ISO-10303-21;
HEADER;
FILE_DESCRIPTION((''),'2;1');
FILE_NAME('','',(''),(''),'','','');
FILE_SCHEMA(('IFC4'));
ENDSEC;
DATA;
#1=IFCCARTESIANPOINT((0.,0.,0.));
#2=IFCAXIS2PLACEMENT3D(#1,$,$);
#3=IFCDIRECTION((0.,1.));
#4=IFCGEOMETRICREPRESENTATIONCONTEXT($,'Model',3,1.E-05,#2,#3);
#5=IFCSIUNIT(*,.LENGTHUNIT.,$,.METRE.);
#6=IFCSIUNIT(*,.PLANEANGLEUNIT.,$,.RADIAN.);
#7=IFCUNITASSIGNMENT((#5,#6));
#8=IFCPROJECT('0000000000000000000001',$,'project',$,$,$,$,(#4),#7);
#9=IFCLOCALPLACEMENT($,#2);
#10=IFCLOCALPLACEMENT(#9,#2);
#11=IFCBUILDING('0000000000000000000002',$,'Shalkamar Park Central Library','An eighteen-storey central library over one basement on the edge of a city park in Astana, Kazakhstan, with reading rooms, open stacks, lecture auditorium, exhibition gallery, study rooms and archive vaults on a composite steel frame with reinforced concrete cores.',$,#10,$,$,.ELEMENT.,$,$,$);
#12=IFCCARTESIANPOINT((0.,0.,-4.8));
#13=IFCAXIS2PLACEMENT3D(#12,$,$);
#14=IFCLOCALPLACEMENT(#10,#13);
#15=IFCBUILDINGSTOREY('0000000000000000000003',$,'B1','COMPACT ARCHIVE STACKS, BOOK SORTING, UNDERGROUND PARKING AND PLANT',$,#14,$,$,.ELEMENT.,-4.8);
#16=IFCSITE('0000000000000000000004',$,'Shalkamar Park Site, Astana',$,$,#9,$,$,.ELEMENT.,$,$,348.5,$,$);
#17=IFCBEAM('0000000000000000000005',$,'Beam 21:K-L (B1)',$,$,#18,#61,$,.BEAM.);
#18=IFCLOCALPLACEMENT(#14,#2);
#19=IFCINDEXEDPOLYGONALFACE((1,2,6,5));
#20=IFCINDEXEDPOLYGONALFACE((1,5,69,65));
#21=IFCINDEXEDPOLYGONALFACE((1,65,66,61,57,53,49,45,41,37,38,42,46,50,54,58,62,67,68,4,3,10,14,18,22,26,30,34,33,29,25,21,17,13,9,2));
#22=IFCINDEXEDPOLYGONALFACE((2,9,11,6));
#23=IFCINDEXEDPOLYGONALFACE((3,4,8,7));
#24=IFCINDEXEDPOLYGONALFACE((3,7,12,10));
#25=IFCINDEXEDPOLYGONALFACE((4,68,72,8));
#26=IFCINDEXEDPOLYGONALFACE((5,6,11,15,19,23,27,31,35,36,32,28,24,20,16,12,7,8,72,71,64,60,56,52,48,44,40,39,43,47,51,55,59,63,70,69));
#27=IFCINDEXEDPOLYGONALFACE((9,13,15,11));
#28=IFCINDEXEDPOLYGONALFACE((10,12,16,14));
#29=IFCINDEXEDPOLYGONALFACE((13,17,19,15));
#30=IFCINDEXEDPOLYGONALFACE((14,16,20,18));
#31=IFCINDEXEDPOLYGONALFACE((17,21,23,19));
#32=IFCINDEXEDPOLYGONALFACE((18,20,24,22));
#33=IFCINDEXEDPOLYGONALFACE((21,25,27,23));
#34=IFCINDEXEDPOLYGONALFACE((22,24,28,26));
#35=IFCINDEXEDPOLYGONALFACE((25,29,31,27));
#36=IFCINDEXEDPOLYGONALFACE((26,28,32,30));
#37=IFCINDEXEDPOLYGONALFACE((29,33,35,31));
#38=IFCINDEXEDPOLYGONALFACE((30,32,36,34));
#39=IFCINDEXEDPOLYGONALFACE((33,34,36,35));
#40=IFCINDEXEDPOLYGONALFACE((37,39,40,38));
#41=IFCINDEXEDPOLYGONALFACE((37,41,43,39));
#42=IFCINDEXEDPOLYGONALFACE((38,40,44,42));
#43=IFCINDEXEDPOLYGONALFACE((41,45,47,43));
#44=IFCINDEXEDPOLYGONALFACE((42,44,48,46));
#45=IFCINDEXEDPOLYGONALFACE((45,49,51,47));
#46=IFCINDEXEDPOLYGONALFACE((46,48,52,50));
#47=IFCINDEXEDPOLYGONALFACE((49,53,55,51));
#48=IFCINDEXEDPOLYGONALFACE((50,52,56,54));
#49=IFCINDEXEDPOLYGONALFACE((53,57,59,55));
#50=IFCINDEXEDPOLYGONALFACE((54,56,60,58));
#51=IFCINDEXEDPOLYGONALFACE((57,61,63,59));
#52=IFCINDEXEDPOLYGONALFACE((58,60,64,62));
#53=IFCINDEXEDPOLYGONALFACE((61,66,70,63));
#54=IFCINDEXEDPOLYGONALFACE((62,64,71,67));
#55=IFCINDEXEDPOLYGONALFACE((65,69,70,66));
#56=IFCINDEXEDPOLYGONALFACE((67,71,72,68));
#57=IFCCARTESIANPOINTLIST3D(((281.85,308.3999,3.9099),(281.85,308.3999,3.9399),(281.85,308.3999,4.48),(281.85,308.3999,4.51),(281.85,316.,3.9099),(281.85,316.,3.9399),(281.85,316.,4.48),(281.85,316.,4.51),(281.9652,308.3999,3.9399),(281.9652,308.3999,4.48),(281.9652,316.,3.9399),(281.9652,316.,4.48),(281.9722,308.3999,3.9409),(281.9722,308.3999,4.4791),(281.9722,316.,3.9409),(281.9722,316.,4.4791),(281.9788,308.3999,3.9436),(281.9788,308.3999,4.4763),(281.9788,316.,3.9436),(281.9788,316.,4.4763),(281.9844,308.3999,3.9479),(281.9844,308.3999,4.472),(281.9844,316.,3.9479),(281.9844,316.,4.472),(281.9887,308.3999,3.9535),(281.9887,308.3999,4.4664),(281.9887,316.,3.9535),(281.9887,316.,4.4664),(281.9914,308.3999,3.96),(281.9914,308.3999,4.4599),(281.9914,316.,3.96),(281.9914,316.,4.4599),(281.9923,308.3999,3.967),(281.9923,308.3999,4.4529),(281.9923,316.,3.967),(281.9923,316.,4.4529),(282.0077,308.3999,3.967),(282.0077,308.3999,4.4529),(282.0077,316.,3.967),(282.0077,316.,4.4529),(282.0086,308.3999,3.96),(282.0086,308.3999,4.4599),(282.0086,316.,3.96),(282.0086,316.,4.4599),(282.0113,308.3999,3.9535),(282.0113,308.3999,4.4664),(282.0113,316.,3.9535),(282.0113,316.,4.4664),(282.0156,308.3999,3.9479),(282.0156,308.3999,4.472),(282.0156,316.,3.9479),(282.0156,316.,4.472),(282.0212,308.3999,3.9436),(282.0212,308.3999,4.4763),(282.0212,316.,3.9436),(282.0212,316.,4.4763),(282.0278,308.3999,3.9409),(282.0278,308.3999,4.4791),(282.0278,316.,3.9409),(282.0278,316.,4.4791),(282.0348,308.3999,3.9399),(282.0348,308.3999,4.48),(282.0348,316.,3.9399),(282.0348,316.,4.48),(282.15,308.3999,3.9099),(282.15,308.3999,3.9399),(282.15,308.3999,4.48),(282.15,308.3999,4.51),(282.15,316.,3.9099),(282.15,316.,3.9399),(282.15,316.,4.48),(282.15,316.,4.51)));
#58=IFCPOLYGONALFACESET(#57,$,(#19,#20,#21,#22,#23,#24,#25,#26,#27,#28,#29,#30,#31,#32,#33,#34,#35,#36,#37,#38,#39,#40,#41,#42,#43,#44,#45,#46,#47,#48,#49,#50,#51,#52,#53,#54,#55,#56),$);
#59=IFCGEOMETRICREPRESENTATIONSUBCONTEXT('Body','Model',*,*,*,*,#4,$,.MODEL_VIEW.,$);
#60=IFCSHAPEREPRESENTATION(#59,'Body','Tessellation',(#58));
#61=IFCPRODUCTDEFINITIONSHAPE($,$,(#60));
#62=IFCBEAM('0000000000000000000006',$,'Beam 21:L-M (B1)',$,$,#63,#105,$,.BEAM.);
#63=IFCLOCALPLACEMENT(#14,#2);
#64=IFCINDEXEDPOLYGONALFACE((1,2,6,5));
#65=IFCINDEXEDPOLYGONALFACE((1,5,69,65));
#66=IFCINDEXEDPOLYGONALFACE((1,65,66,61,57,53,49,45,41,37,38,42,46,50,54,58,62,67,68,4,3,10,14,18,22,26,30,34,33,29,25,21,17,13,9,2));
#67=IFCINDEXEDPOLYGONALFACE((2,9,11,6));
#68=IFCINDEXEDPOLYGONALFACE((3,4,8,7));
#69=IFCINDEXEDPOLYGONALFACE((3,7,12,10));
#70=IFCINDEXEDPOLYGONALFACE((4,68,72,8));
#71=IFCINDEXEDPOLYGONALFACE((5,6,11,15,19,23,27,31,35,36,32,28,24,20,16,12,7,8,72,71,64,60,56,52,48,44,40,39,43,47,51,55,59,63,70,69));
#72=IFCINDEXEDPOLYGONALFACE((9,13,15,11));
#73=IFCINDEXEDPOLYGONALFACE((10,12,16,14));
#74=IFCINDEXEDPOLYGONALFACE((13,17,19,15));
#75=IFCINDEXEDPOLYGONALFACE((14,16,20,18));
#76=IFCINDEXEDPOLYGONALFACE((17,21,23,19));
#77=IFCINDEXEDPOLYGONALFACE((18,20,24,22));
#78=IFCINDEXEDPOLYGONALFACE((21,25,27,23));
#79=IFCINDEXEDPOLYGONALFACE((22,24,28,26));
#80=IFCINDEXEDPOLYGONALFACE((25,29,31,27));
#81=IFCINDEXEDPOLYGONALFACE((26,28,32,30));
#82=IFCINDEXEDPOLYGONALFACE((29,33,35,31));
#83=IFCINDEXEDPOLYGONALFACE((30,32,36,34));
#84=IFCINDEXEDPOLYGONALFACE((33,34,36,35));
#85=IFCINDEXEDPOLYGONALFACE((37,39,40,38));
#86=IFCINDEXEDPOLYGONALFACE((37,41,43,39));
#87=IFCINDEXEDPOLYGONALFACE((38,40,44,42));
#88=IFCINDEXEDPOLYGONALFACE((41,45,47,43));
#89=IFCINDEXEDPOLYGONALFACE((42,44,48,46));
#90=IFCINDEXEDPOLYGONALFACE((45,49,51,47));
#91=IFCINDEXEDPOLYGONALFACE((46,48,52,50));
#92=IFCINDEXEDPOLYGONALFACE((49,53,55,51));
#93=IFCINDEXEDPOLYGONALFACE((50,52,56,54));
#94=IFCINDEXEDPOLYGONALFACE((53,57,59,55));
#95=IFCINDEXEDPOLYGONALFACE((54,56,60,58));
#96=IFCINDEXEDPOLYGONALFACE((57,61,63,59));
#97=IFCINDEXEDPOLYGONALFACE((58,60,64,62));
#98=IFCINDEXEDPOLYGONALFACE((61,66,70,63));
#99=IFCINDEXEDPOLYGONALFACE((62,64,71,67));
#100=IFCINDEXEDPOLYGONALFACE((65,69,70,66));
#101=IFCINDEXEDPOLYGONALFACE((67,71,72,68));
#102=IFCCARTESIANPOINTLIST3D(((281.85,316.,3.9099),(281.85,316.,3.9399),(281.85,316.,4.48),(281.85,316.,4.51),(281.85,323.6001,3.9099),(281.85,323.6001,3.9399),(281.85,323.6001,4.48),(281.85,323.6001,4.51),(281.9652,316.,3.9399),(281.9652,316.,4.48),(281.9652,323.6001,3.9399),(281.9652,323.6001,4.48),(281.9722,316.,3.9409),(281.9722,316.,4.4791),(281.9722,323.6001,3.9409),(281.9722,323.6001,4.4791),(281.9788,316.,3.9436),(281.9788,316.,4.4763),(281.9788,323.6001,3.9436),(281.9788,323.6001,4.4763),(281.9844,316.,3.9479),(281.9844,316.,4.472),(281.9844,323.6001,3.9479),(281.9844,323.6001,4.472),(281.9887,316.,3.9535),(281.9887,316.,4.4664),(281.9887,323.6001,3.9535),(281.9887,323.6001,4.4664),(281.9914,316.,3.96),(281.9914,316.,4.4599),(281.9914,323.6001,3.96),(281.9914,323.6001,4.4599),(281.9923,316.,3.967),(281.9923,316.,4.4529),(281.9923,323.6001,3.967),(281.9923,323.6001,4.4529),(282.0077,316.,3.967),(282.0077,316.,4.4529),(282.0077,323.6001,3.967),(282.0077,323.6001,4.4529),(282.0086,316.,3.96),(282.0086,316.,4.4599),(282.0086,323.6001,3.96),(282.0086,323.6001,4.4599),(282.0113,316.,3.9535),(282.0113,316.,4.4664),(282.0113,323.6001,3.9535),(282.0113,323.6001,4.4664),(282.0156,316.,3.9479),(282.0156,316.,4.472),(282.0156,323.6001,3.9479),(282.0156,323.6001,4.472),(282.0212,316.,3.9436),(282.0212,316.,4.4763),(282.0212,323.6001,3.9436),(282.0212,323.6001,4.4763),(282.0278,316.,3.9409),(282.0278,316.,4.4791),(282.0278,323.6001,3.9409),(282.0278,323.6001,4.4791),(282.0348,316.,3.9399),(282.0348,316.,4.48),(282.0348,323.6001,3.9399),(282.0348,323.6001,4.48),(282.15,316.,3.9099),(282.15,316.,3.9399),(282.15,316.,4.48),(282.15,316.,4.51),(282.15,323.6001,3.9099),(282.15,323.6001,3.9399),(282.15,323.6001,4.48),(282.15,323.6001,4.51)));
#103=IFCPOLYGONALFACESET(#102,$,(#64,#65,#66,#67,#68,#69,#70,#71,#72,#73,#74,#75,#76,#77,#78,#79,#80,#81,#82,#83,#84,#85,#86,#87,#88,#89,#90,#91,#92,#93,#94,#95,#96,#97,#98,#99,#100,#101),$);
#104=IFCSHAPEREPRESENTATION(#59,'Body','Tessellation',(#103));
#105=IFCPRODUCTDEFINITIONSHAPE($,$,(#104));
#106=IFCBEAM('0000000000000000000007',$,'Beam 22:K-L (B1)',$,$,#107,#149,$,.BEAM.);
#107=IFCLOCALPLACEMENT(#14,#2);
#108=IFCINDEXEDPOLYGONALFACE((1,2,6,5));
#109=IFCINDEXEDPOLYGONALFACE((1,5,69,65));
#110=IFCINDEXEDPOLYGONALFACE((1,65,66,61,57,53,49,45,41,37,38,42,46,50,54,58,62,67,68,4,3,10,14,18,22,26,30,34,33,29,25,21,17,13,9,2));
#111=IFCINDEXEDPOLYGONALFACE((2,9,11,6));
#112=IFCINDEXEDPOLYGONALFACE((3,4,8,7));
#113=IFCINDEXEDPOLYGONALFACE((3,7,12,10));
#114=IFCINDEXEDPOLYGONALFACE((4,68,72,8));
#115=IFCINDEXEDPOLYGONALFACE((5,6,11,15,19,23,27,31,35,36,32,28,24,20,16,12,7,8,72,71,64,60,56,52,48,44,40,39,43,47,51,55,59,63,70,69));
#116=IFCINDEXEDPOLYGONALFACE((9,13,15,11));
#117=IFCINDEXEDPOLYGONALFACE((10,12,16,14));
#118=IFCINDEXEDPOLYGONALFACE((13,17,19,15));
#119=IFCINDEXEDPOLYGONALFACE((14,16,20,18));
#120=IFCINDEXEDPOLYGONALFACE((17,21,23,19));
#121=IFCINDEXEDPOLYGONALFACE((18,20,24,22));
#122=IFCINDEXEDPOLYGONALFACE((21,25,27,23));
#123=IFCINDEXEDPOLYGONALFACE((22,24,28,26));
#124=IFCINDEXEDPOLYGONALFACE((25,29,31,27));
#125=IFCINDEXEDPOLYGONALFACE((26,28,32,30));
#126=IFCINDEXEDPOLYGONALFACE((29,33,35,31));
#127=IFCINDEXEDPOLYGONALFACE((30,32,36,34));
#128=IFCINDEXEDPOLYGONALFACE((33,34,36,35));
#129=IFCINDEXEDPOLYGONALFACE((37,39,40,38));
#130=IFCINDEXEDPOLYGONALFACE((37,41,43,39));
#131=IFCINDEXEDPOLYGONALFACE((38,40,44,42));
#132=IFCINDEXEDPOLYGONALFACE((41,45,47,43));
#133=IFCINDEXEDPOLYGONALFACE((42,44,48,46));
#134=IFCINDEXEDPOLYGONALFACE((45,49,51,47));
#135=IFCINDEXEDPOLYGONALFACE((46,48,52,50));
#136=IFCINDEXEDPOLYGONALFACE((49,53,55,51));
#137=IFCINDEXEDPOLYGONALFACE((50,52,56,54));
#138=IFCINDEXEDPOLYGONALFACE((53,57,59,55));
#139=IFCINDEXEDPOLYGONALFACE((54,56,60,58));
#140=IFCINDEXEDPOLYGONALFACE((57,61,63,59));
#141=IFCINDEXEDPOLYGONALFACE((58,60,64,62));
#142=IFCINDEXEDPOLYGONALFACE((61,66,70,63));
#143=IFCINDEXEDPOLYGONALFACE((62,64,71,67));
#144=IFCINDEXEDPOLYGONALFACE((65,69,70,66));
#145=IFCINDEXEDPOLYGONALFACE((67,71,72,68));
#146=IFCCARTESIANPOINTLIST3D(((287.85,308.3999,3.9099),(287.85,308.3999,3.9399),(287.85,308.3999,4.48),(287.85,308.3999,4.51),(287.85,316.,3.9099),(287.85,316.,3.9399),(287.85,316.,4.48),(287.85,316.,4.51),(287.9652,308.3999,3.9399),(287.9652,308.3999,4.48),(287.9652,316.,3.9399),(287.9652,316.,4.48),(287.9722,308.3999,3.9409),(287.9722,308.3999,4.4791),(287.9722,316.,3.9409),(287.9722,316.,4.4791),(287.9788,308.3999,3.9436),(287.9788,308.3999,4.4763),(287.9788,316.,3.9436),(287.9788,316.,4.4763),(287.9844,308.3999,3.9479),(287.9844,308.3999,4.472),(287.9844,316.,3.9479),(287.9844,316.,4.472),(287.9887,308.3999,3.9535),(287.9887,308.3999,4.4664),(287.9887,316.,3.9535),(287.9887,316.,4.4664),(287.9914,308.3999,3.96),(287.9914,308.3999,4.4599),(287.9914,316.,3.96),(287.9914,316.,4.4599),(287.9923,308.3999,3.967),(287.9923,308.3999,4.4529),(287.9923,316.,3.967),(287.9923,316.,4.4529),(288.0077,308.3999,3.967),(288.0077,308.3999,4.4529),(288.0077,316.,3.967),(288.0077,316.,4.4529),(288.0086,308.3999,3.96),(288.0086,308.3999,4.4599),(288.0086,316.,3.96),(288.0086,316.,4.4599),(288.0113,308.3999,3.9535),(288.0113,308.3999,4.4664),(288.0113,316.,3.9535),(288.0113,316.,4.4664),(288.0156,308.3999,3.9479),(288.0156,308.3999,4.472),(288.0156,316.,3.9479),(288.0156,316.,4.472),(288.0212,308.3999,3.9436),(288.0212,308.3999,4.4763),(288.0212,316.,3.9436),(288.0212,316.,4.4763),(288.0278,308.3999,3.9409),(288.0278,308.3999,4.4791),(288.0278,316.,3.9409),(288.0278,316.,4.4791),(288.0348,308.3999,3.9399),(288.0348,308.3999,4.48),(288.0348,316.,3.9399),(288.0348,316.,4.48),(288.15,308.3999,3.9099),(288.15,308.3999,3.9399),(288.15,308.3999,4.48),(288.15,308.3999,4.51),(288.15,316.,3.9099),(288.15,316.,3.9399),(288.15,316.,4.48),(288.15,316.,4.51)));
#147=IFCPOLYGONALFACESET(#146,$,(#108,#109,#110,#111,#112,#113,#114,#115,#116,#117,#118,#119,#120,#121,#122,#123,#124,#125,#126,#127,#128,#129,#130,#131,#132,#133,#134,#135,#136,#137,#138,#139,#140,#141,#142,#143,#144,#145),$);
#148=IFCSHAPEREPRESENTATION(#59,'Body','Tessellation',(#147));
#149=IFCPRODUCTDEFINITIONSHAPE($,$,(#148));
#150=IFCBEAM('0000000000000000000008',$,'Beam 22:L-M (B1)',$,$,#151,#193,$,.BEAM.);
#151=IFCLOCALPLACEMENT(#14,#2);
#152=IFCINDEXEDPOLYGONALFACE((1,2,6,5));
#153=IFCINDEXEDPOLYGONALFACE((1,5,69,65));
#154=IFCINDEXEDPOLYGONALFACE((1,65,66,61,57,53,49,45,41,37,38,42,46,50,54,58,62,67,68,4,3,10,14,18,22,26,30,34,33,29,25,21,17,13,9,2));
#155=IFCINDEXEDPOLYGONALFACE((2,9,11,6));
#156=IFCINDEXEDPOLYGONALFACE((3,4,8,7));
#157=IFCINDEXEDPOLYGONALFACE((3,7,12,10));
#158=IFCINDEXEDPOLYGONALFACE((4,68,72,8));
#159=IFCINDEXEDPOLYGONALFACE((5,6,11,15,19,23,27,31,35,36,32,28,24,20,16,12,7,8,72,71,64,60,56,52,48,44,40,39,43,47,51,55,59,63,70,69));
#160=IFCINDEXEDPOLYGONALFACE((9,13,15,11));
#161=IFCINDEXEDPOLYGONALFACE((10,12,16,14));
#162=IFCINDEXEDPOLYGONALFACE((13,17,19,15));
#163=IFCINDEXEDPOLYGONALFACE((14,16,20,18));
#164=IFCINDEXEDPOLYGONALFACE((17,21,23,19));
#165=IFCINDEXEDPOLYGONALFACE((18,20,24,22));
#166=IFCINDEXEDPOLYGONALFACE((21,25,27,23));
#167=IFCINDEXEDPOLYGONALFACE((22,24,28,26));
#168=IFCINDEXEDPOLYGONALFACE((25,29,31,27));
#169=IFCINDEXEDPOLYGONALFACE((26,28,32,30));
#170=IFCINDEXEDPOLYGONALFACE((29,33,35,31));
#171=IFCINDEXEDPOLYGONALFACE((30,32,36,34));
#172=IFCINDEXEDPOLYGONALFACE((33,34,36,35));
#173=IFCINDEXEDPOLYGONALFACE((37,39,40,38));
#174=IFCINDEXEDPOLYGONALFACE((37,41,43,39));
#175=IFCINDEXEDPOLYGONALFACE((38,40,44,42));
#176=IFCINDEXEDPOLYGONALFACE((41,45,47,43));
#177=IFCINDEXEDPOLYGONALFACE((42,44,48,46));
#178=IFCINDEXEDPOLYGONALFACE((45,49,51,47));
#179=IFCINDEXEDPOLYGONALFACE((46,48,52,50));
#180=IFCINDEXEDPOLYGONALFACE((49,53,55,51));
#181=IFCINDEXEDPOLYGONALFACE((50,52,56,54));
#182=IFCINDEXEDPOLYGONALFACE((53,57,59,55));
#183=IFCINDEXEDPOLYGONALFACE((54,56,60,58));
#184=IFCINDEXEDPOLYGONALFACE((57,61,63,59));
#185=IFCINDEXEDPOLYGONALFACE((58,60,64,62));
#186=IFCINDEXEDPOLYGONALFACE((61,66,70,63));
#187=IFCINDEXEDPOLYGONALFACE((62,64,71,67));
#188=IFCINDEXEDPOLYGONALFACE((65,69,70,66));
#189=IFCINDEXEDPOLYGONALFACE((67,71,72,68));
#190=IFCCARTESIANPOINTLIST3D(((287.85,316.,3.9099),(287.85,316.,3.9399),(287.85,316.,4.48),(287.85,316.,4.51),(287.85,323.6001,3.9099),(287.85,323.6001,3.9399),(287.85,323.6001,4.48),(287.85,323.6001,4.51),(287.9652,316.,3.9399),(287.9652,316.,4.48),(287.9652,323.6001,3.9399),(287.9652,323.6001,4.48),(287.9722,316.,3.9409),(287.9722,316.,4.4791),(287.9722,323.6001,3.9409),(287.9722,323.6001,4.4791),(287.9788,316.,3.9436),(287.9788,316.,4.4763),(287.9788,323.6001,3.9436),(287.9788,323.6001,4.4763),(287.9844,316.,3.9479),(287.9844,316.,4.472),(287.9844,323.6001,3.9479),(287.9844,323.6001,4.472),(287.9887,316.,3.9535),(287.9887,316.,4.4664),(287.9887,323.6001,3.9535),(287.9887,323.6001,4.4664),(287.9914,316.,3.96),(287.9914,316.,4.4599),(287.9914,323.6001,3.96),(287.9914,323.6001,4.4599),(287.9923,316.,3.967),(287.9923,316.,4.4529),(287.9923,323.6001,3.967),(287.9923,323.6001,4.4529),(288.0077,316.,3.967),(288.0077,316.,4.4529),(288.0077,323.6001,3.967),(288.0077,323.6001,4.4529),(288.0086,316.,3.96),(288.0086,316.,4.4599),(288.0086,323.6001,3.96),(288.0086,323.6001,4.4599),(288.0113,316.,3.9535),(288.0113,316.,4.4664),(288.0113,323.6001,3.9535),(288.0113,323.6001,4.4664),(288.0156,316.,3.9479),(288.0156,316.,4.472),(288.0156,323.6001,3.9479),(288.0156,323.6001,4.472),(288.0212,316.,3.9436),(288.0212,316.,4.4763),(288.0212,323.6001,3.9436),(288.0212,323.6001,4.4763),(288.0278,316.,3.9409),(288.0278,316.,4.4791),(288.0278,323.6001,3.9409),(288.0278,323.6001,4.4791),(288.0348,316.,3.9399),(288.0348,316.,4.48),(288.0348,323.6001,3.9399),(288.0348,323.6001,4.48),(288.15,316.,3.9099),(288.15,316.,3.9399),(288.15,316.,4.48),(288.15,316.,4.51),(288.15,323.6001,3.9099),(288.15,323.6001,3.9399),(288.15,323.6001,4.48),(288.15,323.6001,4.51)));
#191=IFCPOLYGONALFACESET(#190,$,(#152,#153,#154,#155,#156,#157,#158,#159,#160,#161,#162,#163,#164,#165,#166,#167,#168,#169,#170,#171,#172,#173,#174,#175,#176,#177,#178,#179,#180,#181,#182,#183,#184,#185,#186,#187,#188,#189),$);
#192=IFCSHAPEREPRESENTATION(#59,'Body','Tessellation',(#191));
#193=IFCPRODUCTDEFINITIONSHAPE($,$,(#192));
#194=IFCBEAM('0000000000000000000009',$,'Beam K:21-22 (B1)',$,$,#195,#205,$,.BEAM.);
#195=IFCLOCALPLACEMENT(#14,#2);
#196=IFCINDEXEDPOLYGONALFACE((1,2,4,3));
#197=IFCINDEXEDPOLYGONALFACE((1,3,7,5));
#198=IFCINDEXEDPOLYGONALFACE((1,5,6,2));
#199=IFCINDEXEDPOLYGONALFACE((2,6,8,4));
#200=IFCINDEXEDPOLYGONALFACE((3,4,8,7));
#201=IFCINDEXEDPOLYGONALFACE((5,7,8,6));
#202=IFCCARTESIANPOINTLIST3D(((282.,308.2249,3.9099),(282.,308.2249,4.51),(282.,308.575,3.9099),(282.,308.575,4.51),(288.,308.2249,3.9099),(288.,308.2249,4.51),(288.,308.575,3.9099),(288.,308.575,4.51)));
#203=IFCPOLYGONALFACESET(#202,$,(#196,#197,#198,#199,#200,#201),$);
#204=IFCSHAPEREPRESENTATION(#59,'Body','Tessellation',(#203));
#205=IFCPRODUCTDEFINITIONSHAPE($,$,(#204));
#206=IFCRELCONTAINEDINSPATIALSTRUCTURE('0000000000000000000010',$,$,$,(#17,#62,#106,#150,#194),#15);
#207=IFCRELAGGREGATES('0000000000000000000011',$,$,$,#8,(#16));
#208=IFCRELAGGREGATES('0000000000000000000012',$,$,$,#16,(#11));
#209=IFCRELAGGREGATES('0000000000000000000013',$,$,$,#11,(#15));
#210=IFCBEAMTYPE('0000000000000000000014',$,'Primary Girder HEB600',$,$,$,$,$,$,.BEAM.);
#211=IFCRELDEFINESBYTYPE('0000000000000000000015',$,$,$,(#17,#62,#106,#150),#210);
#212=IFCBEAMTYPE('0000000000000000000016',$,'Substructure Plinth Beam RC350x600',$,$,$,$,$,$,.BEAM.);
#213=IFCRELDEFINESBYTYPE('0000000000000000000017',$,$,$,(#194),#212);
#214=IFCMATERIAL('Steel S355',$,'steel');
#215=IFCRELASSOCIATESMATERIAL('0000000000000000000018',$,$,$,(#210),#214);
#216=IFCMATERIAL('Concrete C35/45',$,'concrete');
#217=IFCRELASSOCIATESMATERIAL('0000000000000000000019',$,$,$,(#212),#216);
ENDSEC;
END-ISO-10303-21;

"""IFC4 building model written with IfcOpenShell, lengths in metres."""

from ifc_helpers import new_model, si_unit, direction, frame, origin, origin_2d, place, context, subcontext, project, spatial, rectangle, i_section, extrude, material, material_profile, profile_set, type_object, element, save


model = new_model("IFC4")

# Units and contexts
model_context = context("Model", 3, precision=1e-05, world=origin(), true_north=direction((0.0, 1.0)))
body_context = subcontext(model_context, "Body", "Model", "MODEL_VIEW")
ifc_project = project(units=[si_unit("LENGTHUNIT", "METRE"), si_unit("PLANEANGLEUNIT", "RADIAN")], contexts=[model_context])

# Site, building, storey
site_placement = place(None, origin())
site = spatial("IfcSite", under=ifc_project, at=site_placement, Name="Shalkamar Park Site, Astana", CompositionType="ELEMENT", RefElevation=348.5)
building_placement = place(site_placement, origin())
building = spatial("IfcBuilding", under=site, at=building_placement, Name="Shalkamar Park Central Library", Description="An eighteen-storey central library over one basement on the edge of a city park in Astana, Kazakhstan, with reading rooms, open stacks, lecture auditorium, exhibition gallery, study rooms and archive vaults on a composite steel frame with reinforced concrete cores.", CompositionType="ELEMENT")
storey_placement = place(building_placement, frame((0.0, 0.0, -4.8)))
storey = spatial("IfcBuildingStorey", under=building, at=storey_placement, Name="B1", Description="COMPACT ARCHIVE STACKS, BOOK SORTING, UNDERGROUND PARKING AND PLANT", CompositionType="ELEMENT", Elevation=-4.8)

# Shared definitions
ifc_material_1 = material(Name="Concrete C35/45", Category="concrete")

# Shared definitions
ifc_material_2 = material(Name="Steel S355", Category="steel")

# Beams
ifc_material_profile_1 = material_profile(ifc_material_2, i_section(OverallWidth=0.3, OverallDepth=0.6001, WebThickness=0.0154, FlangeThickness=0.03, FilletRadius=0.0271, at=origin_2d()), Name="HEB 600")
ifc_profile_set_1 = profile_set([ifc_material_profile_1], Name="Steel S355")
beam_type_1 = type_object("IfcBeamType", Name="Primary Girder HEB600", PredefinedType="BEAM", material=ifc_profile_set_1)
for number, where, z_axis, x_axis, name in (
    (1, (282.0, 308.3999, 4.21), (0.0, 1.0, 0.0), (-1.0, 0.0, 0.0), "Beam 21:K-L (B1)"),
    (2, (282.0, 316.0, 4.21), (0.0, 1.0, 0.0), (-1.0, 0.0, 0.0), "Beam 21:L-M (B1)"),
    (3, (288.0, 308.3999, 4.21), (0.0, 1.0, 0.0), (-1.0, 0.0, 0.0), "Beam 22:K-L (B1)"),
    (4, (288.0, 316.0, 4.21), (0.0, 1.0, 0.0), (-1.0, 0.0, 0.0), "Beam 22:L-M (B1)"),
):
    element("IfcBeam", number, at=place(storey_placement, frame(where, z_axis=z_axis, x_axis=x_axis)), inside=storey, type_object=beam_type_1, Name=name, PredefinedType="BEAM", context=body_context, shape_type="SweptSolid", body=[
        extrude(i_section(OverallWidth=0.3, OverallDepth=0.6001, WebThickness=0.0154, FlangeThickness=0.03, FilletRadius=0.0271, at=origin_2d()), origin(), (0.0, 0.0, 1.0), 7.6001),
    ])
ifc_material_profile_2 = material_profile(ifc_material_1, rectangle(XDim=0.3501, YDim=0.6001, at=origin_2d()), Name="RC 350x600")
ifc_profile_set_2 = profile_set([ifc_material_profile_2], Name="Concrete C35/45")
beam_type_2 = type_object("IfcBeamType", Name="Substructure Plinth Beam RC350x600", PredefinedType="BEAM", material=ifc_profile_set_2)
for number, where, z_axis, x_axis, name in (
    (5, (282.0, 308.3999, 4.21), (1.0, 0.0, 0.0), (0.0, 1.0, 0.0), "Beam K:21-22 (B1)"),
):
    element("IfcBeam", number, at=place(storey_placement, frame(where, z_axis=z_axis, x_axis=x_axis)), inside=storey, type_object=beam_type_2, Name=name, PredefinedType="BEAM", context=body_context, shape_type="SweptSolid", body=[
        extrude(rectangle(XDim=0.3501, YDim=0.6001, at=origin_2d()), origin(), (0.0, 0.0, 1.0), 6.0),
    ])

save(model, "model.ifc")
